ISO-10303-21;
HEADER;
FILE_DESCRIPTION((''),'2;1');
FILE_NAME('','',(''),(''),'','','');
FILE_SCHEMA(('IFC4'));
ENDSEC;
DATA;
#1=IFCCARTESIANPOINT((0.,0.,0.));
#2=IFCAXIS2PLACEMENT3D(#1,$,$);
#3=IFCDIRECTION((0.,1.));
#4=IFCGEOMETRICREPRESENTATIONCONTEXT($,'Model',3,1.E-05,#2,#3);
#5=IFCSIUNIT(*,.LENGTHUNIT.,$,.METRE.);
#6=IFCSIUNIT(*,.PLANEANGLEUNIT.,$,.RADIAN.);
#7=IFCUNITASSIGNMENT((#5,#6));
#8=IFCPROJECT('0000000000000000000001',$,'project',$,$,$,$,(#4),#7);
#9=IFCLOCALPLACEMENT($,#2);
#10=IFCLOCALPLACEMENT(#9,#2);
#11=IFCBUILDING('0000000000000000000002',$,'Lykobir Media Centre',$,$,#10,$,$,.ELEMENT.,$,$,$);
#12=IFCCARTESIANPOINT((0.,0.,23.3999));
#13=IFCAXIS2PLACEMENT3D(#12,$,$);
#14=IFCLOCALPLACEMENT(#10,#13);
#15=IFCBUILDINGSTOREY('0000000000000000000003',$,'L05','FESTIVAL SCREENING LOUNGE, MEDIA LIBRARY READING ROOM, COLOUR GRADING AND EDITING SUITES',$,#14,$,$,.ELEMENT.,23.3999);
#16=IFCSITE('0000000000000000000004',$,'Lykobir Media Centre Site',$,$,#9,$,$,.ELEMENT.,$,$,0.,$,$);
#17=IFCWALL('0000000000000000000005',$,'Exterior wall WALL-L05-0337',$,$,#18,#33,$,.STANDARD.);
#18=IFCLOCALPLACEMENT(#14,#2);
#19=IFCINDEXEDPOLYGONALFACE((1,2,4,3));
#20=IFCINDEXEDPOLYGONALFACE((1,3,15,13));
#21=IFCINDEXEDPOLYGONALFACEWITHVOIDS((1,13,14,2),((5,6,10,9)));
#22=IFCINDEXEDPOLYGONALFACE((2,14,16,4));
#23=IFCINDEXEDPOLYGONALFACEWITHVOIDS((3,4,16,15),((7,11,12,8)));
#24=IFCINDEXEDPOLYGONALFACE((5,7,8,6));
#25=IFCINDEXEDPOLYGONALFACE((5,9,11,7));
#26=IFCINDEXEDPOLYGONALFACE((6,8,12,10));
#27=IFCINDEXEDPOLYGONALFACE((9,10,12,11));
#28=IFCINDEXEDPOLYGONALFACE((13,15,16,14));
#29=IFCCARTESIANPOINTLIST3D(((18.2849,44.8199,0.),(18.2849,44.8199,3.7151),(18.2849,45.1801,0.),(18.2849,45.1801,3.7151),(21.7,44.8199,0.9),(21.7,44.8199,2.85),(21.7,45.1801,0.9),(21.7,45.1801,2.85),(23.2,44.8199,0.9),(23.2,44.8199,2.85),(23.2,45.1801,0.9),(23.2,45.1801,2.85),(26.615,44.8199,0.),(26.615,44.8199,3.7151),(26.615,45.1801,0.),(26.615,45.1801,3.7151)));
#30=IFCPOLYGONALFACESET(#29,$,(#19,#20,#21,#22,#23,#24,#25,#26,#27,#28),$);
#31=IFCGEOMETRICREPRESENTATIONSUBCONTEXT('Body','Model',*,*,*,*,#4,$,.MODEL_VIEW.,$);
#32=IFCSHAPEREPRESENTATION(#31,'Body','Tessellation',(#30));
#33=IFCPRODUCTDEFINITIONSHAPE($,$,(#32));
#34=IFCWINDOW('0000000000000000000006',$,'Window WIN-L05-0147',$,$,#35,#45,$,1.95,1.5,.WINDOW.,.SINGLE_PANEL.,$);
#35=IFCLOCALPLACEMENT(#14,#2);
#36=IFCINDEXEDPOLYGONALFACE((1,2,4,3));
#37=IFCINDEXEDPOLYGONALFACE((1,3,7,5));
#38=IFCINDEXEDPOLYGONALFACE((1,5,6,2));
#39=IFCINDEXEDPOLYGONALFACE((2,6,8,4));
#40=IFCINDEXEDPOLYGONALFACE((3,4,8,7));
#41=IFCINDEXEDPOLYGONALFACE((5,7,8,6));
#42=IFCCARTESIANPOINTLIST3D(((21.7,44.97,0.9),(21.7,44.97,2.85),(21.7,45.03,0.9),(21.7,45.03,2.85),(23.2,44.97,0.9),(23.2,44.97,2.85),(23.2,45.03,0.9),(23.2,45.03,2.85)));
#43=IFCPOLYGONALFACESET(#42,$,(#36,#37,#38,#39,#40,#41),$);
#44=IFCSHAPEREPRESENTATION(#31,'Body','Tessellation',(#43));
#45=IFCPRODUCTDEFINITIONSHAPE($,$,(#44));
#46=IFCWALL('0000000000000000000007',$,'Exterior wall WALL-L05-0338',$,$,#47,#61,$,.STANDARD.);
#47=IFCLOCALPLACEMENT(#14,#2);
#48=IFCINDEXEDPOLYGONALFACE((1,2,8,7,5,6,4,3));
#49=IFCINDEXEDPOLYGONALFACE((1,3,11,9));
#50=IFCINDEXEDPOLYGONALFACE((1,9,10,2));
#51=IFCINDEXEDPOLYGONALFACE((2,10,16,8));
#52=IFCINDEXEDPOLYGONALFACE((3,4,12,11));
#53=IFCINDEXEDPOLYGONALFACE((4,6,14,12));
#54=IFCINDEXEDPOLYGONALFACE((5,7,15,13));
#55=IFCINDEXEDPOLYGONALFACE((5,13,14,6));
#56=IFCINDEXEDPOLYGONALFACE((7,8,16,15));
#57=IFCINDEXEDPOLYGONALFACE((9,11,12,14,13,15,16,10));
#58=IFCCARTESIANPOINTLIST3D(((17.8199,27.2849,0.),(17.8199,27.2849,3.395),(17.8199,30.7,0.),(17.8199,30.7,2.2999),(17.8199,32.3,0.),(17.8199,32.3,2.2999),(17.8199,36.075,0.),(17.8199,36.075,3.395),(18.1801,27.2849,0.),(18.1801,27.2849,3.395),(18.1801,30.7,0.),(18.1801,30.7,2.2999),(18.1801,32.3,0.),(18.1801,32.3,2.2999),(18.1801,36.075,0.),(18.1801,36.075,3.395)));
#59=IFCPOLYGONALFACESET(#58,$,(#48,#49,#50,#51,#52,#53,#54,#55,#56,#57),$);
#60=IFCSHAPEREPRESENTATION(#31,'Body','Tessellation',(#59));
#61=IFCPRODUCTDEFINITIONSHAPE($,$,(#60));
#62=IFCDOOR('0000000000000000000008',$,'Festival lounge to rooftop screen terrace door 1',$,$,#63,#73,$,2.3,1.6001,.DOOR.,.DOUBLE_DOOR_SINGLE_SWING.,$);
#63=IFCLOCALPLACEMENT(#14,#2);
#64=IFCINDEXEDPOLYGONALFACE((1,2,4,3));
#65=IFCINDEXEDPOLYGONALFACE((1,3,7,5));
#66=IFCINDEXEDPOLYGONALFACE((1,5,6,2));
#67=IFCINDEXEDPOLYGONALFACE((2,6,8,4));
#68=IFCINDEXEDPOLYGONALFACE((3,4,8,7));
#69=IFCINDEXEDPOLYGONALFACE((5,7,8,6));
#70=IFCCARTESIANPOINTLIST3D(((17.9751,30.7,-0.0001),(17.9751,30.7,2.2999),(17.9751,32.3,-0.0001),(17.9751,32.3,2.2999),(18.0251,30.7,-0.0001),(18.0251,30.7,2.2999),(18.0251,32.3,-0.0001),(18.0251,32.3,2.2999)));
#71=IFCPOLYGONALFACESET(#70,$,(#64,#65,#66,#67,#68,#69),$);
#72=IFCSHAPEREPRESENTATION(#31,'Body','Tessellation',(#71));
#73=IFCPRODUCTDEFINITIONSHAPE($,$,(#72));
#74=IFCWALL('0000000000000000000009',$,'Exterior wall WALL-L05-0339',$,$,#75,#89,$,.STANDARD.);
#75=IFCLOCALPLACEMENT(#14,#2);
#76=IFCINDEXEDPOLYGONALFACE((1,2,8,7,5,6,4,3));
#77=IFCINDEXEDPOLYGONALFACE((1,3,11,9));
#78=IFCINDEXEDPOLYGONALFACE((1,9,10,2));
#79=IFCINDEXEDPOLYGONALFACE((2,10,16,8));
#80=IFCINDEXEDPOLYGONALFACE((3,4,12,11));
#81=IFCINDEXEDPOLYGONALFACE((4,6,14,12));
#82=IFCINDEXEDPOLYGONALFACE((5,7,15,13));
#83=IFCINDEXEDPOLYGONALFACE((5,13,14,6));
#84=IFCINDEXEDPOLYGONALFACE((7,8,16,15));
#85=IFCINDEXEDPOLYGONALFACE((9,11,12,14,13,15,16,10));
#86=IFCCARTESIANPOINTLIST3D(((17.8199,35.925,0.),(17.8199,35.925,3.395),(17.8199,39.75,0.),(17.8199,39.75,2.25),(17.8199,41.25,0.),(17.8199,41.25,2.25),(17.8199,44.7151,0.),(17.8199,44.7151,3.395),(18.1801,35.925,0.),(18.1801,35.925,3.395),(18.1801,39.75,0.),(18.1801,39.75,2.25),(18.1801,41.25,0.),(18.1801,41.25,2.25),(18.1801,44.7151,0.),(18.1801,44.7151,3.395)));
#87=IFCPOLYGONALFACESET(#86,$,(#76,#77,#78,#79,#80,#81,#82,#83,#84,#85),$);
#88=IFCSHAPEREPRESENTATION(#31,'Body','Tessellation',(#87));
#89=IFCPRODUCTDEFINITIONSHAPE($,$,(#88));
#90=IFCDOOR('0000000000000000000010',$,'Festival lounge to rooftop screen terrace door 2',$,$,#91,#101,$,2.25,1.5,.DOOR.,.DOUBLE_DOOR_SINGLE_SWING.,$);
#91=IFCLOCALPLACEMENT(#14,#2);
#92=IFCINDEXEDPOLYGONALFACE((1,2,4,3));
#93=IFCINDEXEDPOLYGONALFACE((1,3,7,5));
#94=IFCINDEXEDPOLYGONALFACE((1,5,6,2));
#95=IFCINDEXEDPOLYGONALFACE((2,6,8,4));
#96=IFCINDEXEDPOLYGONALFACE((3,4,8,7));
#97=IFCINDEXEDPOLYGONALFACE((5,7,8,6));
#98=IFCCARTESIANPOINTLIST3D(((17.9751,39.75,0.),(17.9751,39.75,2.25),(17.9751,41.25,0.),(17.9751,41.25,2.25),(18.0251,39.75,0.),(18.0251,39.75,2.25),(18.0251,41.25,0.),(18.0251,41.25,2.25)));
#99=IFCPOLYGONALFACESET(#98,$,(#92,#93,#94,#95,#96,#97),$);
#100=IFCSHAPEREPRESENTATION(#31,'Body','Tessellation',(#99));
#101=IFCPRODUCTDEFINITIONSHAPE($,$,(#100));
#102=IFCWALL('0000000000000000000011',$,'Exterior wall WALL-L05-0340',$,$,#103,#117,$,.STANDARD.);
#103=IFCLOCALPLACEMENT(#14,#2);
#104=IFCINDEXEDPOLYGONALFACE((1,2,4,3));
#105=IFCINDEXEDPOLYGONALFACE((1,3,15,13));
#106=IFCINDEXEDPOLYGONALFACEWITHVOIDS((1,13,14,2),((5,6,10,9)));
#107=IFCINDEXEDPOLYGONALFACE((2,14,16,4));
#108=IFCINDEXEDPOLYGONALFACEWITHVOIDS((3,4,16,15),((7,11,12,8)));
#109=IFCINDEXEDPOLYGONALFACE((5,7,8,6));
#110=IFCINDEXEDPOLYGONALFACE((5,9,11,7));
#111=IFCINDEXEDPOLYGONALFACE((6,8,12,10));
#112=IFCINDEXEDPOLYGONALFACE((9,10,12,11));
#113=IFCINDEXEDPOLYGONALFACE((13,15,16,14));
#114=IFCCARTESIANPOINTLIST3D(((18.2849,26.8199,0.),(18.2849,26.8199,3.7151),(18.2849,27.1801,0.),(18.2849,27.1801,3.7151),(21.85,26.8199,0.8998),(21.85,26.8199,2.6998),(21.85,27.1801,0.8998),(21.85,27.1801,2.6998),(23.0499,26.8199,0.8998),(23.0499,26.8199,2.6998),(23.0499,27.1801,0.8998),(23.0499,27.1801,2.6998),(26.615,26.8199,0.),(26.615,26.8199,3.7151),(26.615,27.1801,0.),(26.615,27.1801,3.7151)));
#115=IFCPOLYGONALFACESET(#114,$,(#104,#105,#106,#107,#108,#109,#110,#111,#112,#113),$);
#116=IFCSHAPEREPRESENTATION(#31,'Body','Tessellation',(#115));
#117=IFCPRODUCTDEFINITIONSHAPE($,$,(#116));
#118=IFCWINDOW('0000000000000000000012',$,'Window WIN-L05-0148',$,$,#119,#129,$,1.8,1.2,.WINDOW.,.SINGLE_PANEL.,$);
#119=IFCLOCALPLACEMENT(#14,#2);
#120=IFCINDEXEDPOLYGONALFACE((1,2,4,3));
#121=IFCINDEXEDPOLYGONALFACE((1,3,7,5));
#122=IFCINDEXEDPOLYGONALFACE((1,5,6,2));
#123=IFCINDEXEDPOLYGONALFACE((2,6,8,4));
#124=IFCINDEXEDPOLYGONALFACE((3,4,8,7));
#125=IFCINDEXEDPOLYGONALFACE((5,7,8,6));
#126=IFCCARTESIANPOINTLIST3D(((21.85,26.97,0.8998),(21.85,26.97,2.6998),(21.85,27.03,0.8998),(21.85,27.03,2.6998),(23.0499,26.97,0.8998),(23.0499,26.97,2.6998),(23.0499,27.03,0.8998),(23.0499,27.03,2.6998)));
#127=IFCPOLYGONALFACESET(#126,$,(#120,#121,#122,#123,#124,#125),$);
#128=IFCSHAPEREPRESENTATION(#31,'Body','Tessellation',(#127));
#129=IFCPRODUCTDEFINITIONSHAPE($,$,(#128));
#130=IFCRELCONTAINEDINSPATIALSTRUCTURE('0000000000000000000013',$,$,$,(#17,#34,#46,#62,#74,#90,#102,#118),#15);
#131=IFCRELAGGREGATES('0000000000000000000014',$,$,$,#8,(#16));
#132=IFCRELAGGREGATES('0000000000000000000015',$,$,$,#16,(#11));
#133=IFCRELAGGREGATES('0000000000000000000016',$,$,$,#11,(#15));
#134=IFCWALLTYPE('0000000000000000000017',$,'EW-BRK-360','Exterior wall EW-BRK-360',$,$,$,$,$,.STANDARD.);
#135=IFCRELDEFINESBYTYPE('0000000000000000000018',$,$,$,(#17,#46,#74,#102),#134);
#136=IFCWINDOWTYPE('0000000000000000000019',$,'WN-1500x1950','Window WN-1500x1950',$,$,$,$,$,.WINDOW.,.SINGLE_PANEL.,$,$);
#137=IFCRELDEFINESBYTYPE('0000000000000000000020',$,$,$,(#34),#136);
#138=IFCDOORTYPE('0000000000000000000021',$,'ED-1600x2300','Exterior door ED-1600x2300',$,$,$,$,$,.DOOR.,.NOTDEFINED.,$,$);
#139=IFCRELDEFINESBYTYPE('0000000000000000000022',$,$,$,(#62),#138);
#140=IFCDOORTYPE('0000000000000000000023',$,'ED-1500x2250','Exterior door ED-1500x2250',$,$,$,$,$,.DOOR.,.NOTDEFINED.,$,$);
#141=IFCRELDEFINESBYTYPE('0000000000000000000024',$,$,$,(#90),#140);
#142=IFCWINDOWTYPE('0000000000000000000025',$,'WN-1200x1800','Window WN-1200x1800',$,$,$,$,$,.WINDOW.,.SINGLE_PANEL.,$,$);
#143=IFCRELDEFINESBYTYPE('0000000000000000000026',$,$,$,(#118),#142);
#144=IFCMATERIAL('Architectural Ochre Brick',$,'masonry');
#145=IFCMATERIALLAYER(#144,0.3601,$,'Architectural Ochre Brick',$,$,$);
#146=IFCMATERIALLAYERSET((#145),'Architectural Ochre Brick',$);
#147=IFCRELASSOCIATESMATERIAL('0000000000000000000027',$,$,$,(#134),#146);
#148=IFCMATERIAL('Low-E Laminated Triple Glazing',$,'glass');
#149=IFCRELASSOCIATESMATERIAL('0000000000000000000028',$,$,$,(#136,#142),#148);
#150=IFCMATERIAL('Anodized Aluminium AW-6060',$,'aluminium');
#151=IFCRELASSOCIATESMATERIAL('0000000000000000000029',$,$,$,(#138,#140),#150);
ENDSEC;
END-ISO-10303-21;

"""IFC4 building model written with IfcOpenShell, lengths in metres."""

from ifc_helpers import new_model, si_unit, direction, frame, frame_2d, origin, place, context, subcontext, project, spatial, rectangle, extrude, material, layer, layer_set, type_object, element, fill, save


model = new_model("IFC4")

# Units and contexts
model_context = context("Model", 3, precision=1e-05, world=origin(), true_north=direction((0.0, 1.0)))
body_context = subcontext(model_context, "Body", "Model", "MODEL_VIEW")
ifc_project = project(units=[si_unit("LENGTHUNIT", "METRE"), si_unit("PLANEANGLEUNIT", "RADIAN")], contexts=[model_context])

# Site, building, storey
site_placement = place(None, origin())
site = spatial("IfcSite", under=ifc_project, at=site_placement, Name="Lykobir Media Centre Site", CompositionType="ELEMENT", RefElevation=0.0)
building_placement = place(site_placement, origin())
building = spatial("IfcBuilding", under=site, at=building_placement, Name="Lykobir Media Centre", CompositionType="ELEMENT")
storey_placement = place(building_placement, frame((0.0, 0.0, 23.3999)))
storey = spatial("IfcBuildingStorey", under=building, at=storey_placement, Name="L05", Description="FESTIVAL SCREENING LOUNGE, MEDIA LIBRARY READING ROOM, COLOUR GRADING AND EDITING SUITES", CompositionType="ELEMENT", Elevation=23.3999)

# Wall, opening, window
ifc_material_1 = material(Name="Architectural Ochre Brick", Category="masonry")
ifc_layer_1 = layer(ifc_material_1, 0.3601, Name="Architectural Ochre Brick")
ifc_layer_set_1 = layer_set([ifc_layer_1], Name="Architectural Ochre Brick")
wall_type_1 = type_object("IfcWallType", Name="EW-BRK-360", Description="Exterior wall EW-BRK-360", PredefinedType="STANDARD", material=ifc_layer_set_1)
wall_1_placement = place(storey_placement, frame((26.615, 45.0, 0.0), z_axis=(0.0, 0.0, 1.0), x_axis=(-1.0, 0.0, 0.0)))
wall_1 = element("IfcWall", 1, at=wall_1_placement, inside=storey, type_object=wall_type_1, Name="Exterior wall WALL-L05-0337", PredefinedType="STANDARD", context=body_context, shape_type="SweptSolid", body=[
    extrude(rectangle(XDim=8.3301, YDim=0.3601, at=frame_2d((4.165, 0.0))), origin(), (0.0, 0.0, 1.0), 3.7151),
])
opening_1_placement = place(wall_1_placement, frame((3.415, 0.0, 0.8999)))
opening_1 = element("IfcOpeningElement", 2, at=opening_1_placement, cuts=wall_1, PredefinedType="OPENING", context=body_context, shape_type="SweptSolid", body=[
    extrude(rectangle(XDim=1.5, YDim=1.95, at=frame_2d((0.75, 0.9751))), frame((0.0, 0.1899, 0.0), z_axis=(0.0, -1.0, 0.0), x_axis=(1.0, 0.0, 0.0)), (0.0, 0.0, 1.0), 0.3801),
])
ifc_material_2 = material(Name="Low-E Laminated Triple Glazing", Category="glass")
window_type_1 = type_object("IfcWindowType", Name="WN-1500x1950", Description="Window WN-1500x1950", PartitioningType="SINGLE_PANEL", PredefinedType="WINDOW", material=ifc_material_2)
window_1_placement = place(opening_1_placement, origin())
window_1 = element("IfcWindow", 3, at=window_1_placement, inside=storey, type_object=window_type_1, Name="Window WIN-L05-0147", OverallHeight=1.95, OverallWidth=1.5, PartitioningType="SINGLE_PANEL", PredefinedType="WINDOW", context=body_context, shape_type="SweptSolid", body=[
    extrude(rectangle(XDim=1.5, YDim=1.95, at=frame_2d((0.75, 0.9751))), frame((0.0, 0.03, 0.0), z_axis=(0.0, -1.0, 0.0), x_axis=(1.0, 0.0, 0.0)), (0.0, 0.0, 1.0), 0.0601),
])
fill(opening_1, window_1)

# Walls, openings, doors
wall_2_placement = place(storey_placement, frame((18.0, 36.075, 0.0), z_axis=(0.0, 0.0, 1.0), x_axis=(0.0, -1.0, 0.0)))
wall_2 = element("IfcWall", 4, at=wall_2_placement, inside=storey, type_object=wall_type_1, Name="Exterior wall WALL-L05-0338", PredefinedType="STANDARD", context=body_context, shape_type="SweptSolid", body=[
    extrude(rectangle(XDim=8.79, YDim=0.3601, at=frame_2d((4.395, 0.0))), origin(), (0.0, 0.0, 1.0), 3.395),
])
opening_2_placement = place(wall_2_placement, frame((3.7749, 0.0, 0.0)))
opening_2 = element("IfcOpeningElement", 5, at=opening_2_placement, cuts=wall_2, PredefinedType="OPENING", context=body_context, shape_type="SweptSolid", body=[
    extrude(rectangle(XDim=1.6001, YDim=2.3, at=frame_2d((0.8, 1.1499))), frame((0.0, 0.1899, 0.0), z_axis=(0.0, -1.0, 0.0), x_axis=(1.0, 0.0, 0.0)), (0.0, 0.0, 1.0), 0.3801),
])
ifc_material_3 = material(Name="Anodized Aluminium AW-6060", Category="aluminium")
door_type_1 = type_object("IfcDoorType", Name="ED-1600x2300", Description="Exterior door ED-1600x2300", OperationType="NOTDEFINED", PredefinedType="DOOR", material=ifc_material_3)
door_1_placement = place(opening_2_placement, frame((1.6001, 0.0, 0.0), z_axis=(0.0, 0.0, 1.0), x_axis=(-1.0, 0.0, 0.0)))
door_1 = element("IfcDoor", 6, at=door_1_placement, inside=storey, type_object=door_type_1, Name="Festival lounge to rooftop screen terrace door 1", OperationType="DOUBLE_DOOR_SINGLE_SWING", OverallHeight=2.3, OverallWidth=1.6001, PredefinedType="DOOR", context=body_context, shape_type="SweptSolid", body=[
    extrude(rectangle(XDim=1.6001, YDim=2.3, at=frame_2d((0.8, 1.1499))), frame((0.0, 0.0249, 0.0), z_axis=(0.0, -1.0, 0.0), x_axis=(1.0, 0.0, 0.0)), (0.0, 0.0, 1.0), 0.05),
])
fill(opening_2, door_1)
wall_3_placement = place(storey_placement, frame((18.0, 44.7151, 0.0), z_axis=(0.0, 0.0, 1.0), x_axis=(0.0, -1.0, 0.0)))
wall_3 = element("IfcWall", 7, at=wall_3_placement, inside=storey, type_object=wall_type_1, Name="Exterior wall WALL-L05-0339", PredefinedType="STANDARD", context=body_context, shape_type="SweptSolid", body=[
    extrude(rectangle(XDim=8.79, YDim=0.3601, at=frame_2d((4.395, 0.0))), origin(), (0.0, 0.0, 1.0), 3.395),
])
opening_3_placement = place(wall_3_placement, frame((3.4651, 0.0, 0.0)))
opening_3 = element("IfcOpeningElement", 8, at=opening_3_placement, cuts=wall_3, PredefinedType="OPENING", context=body_context, shape_type="SweptSolid", body=[
    extrude(rectangle(XDim=1.5, YDim=2.25, at=frame_2d((0.75, 1.125))), frame((0.0, 0.1899, 0.0), z_axis=(0.0, -1.0, 0.0), x_axis=(1.0, 0.0, 0.0)), (0.0, 0.0, 1.0), 0.3801),
])
door_type_2 = type_object("IfcDoorType", Name="ED-1500x2250", Description="Exterior door ED-1500x2250", OperationType="NOTDEFINED", PredefinedType="DOOR", material=ifc_material_3)
door_2_placement = place(opening_3_placement, frame((1.5, 0.0, 0.0), z_axis=(0.0, 0.0, 1.0), x_axis=(-1.0, 0.0, 0.0)))
door_2 = element("IfcDoor", 9, at=door_2_placement, inside=storey, type_object=door_type_2, Name="Festival lounge to rooftop screen terrace door 2", OperationType="DOUBLE_DOOR_SINGLE_SWING", OverallHeight=2.25, OverallWidth=1.5, PredefinedType="DOOR", context=body_context, shape_type="SweptSolid", body=[
    extrude(rectangle(XDim=1.5, YDim=2.25, at=frame_2d((0.75, 1.125))), frame((0.0, 0.0249, 0.0), z_axis=(0.0, -1.0, 0.0), x_axis=(1.0, 0.0, 0.0)), (0.0, 0.0, 1.0), 0.05),
])
fill(opening_3, door_2)

# Wall, opening, window
wall_4_placement = place(storey_placement, frame((18.2849, 27.0, 0.0), z_axis=(0.0, 0.0, 1.0), x_axis=(1.0, 0.0, 0.0)))
wall_4 = element("IfcWall", 10, at=wall_4_placement, inside=storey, type_object=wall_type_1, Name="Exterior wall WALL-L05-0340", PredefinedType="STANDARD", context=body_context, shape_type="SweptSolid", body=[
    extrude(rectangle(XDim=8.3301, YDim=0.3601, at=frame_2d((4.165, 0.0))), origin(), (0.0, 0.0, 1.0), 3.7151),
])
opening_4_placement = place(wall_4_placement, frame((3.5649, 0.0, 0.8999)))
opening_4 = element("IfcOpeningElement", 11, at=opening_4_placement, cuts=wall_4, PredefinedType="OPENING", context=body_context, shape_type="SweptSolid", body=[
    extrude(rectangle(XDim=1.2, YDim=1.8, at=frame_2d((0.6001, 0.8999))), frame((0.0, 0.1899, 0.0), z_axis=(0.0, -1.0, 0.0), x_axis=(1.0, 0.0, 0.0)), (0.0, 0.0, 1.0), 0.3801),
])
window_type_2 = type_object("IfcWindowType", Name="WN-1200x1800", Description="Window WN-1200x1800", PartitioningType="SINGLE_PANEL", PredefinedType="WINDOW", material=ifc_material_2)
window_2_placement = place(opening_4_placement, origin())
window_2 = element("IfcWindow", 12, at=window_2_placement, inside=storey, type_object=window_type_2, Name="Window WIN-L05-0148", OverallHeight=1.8, OverallWidth=1.2, PartitioningType="SINGLE_PANEL", PredefinedType="WINDOW", context=body_context, shape_type="SweptSolid", body=[
    extrude(rectangle(XDim=1.2, YDim=1.8, at=frame_2d((0.6001, 0.8999))), frame((0.0, 0.03, 0.0), z_axis=(0.0, -1.0, 0.0), x_axis=(1.0, 0.0, 0.0)), (0.0, 0.0, 1.0), 0.0601),
])
fill(opening_4, window_2)

save(model, "model.ifc")
